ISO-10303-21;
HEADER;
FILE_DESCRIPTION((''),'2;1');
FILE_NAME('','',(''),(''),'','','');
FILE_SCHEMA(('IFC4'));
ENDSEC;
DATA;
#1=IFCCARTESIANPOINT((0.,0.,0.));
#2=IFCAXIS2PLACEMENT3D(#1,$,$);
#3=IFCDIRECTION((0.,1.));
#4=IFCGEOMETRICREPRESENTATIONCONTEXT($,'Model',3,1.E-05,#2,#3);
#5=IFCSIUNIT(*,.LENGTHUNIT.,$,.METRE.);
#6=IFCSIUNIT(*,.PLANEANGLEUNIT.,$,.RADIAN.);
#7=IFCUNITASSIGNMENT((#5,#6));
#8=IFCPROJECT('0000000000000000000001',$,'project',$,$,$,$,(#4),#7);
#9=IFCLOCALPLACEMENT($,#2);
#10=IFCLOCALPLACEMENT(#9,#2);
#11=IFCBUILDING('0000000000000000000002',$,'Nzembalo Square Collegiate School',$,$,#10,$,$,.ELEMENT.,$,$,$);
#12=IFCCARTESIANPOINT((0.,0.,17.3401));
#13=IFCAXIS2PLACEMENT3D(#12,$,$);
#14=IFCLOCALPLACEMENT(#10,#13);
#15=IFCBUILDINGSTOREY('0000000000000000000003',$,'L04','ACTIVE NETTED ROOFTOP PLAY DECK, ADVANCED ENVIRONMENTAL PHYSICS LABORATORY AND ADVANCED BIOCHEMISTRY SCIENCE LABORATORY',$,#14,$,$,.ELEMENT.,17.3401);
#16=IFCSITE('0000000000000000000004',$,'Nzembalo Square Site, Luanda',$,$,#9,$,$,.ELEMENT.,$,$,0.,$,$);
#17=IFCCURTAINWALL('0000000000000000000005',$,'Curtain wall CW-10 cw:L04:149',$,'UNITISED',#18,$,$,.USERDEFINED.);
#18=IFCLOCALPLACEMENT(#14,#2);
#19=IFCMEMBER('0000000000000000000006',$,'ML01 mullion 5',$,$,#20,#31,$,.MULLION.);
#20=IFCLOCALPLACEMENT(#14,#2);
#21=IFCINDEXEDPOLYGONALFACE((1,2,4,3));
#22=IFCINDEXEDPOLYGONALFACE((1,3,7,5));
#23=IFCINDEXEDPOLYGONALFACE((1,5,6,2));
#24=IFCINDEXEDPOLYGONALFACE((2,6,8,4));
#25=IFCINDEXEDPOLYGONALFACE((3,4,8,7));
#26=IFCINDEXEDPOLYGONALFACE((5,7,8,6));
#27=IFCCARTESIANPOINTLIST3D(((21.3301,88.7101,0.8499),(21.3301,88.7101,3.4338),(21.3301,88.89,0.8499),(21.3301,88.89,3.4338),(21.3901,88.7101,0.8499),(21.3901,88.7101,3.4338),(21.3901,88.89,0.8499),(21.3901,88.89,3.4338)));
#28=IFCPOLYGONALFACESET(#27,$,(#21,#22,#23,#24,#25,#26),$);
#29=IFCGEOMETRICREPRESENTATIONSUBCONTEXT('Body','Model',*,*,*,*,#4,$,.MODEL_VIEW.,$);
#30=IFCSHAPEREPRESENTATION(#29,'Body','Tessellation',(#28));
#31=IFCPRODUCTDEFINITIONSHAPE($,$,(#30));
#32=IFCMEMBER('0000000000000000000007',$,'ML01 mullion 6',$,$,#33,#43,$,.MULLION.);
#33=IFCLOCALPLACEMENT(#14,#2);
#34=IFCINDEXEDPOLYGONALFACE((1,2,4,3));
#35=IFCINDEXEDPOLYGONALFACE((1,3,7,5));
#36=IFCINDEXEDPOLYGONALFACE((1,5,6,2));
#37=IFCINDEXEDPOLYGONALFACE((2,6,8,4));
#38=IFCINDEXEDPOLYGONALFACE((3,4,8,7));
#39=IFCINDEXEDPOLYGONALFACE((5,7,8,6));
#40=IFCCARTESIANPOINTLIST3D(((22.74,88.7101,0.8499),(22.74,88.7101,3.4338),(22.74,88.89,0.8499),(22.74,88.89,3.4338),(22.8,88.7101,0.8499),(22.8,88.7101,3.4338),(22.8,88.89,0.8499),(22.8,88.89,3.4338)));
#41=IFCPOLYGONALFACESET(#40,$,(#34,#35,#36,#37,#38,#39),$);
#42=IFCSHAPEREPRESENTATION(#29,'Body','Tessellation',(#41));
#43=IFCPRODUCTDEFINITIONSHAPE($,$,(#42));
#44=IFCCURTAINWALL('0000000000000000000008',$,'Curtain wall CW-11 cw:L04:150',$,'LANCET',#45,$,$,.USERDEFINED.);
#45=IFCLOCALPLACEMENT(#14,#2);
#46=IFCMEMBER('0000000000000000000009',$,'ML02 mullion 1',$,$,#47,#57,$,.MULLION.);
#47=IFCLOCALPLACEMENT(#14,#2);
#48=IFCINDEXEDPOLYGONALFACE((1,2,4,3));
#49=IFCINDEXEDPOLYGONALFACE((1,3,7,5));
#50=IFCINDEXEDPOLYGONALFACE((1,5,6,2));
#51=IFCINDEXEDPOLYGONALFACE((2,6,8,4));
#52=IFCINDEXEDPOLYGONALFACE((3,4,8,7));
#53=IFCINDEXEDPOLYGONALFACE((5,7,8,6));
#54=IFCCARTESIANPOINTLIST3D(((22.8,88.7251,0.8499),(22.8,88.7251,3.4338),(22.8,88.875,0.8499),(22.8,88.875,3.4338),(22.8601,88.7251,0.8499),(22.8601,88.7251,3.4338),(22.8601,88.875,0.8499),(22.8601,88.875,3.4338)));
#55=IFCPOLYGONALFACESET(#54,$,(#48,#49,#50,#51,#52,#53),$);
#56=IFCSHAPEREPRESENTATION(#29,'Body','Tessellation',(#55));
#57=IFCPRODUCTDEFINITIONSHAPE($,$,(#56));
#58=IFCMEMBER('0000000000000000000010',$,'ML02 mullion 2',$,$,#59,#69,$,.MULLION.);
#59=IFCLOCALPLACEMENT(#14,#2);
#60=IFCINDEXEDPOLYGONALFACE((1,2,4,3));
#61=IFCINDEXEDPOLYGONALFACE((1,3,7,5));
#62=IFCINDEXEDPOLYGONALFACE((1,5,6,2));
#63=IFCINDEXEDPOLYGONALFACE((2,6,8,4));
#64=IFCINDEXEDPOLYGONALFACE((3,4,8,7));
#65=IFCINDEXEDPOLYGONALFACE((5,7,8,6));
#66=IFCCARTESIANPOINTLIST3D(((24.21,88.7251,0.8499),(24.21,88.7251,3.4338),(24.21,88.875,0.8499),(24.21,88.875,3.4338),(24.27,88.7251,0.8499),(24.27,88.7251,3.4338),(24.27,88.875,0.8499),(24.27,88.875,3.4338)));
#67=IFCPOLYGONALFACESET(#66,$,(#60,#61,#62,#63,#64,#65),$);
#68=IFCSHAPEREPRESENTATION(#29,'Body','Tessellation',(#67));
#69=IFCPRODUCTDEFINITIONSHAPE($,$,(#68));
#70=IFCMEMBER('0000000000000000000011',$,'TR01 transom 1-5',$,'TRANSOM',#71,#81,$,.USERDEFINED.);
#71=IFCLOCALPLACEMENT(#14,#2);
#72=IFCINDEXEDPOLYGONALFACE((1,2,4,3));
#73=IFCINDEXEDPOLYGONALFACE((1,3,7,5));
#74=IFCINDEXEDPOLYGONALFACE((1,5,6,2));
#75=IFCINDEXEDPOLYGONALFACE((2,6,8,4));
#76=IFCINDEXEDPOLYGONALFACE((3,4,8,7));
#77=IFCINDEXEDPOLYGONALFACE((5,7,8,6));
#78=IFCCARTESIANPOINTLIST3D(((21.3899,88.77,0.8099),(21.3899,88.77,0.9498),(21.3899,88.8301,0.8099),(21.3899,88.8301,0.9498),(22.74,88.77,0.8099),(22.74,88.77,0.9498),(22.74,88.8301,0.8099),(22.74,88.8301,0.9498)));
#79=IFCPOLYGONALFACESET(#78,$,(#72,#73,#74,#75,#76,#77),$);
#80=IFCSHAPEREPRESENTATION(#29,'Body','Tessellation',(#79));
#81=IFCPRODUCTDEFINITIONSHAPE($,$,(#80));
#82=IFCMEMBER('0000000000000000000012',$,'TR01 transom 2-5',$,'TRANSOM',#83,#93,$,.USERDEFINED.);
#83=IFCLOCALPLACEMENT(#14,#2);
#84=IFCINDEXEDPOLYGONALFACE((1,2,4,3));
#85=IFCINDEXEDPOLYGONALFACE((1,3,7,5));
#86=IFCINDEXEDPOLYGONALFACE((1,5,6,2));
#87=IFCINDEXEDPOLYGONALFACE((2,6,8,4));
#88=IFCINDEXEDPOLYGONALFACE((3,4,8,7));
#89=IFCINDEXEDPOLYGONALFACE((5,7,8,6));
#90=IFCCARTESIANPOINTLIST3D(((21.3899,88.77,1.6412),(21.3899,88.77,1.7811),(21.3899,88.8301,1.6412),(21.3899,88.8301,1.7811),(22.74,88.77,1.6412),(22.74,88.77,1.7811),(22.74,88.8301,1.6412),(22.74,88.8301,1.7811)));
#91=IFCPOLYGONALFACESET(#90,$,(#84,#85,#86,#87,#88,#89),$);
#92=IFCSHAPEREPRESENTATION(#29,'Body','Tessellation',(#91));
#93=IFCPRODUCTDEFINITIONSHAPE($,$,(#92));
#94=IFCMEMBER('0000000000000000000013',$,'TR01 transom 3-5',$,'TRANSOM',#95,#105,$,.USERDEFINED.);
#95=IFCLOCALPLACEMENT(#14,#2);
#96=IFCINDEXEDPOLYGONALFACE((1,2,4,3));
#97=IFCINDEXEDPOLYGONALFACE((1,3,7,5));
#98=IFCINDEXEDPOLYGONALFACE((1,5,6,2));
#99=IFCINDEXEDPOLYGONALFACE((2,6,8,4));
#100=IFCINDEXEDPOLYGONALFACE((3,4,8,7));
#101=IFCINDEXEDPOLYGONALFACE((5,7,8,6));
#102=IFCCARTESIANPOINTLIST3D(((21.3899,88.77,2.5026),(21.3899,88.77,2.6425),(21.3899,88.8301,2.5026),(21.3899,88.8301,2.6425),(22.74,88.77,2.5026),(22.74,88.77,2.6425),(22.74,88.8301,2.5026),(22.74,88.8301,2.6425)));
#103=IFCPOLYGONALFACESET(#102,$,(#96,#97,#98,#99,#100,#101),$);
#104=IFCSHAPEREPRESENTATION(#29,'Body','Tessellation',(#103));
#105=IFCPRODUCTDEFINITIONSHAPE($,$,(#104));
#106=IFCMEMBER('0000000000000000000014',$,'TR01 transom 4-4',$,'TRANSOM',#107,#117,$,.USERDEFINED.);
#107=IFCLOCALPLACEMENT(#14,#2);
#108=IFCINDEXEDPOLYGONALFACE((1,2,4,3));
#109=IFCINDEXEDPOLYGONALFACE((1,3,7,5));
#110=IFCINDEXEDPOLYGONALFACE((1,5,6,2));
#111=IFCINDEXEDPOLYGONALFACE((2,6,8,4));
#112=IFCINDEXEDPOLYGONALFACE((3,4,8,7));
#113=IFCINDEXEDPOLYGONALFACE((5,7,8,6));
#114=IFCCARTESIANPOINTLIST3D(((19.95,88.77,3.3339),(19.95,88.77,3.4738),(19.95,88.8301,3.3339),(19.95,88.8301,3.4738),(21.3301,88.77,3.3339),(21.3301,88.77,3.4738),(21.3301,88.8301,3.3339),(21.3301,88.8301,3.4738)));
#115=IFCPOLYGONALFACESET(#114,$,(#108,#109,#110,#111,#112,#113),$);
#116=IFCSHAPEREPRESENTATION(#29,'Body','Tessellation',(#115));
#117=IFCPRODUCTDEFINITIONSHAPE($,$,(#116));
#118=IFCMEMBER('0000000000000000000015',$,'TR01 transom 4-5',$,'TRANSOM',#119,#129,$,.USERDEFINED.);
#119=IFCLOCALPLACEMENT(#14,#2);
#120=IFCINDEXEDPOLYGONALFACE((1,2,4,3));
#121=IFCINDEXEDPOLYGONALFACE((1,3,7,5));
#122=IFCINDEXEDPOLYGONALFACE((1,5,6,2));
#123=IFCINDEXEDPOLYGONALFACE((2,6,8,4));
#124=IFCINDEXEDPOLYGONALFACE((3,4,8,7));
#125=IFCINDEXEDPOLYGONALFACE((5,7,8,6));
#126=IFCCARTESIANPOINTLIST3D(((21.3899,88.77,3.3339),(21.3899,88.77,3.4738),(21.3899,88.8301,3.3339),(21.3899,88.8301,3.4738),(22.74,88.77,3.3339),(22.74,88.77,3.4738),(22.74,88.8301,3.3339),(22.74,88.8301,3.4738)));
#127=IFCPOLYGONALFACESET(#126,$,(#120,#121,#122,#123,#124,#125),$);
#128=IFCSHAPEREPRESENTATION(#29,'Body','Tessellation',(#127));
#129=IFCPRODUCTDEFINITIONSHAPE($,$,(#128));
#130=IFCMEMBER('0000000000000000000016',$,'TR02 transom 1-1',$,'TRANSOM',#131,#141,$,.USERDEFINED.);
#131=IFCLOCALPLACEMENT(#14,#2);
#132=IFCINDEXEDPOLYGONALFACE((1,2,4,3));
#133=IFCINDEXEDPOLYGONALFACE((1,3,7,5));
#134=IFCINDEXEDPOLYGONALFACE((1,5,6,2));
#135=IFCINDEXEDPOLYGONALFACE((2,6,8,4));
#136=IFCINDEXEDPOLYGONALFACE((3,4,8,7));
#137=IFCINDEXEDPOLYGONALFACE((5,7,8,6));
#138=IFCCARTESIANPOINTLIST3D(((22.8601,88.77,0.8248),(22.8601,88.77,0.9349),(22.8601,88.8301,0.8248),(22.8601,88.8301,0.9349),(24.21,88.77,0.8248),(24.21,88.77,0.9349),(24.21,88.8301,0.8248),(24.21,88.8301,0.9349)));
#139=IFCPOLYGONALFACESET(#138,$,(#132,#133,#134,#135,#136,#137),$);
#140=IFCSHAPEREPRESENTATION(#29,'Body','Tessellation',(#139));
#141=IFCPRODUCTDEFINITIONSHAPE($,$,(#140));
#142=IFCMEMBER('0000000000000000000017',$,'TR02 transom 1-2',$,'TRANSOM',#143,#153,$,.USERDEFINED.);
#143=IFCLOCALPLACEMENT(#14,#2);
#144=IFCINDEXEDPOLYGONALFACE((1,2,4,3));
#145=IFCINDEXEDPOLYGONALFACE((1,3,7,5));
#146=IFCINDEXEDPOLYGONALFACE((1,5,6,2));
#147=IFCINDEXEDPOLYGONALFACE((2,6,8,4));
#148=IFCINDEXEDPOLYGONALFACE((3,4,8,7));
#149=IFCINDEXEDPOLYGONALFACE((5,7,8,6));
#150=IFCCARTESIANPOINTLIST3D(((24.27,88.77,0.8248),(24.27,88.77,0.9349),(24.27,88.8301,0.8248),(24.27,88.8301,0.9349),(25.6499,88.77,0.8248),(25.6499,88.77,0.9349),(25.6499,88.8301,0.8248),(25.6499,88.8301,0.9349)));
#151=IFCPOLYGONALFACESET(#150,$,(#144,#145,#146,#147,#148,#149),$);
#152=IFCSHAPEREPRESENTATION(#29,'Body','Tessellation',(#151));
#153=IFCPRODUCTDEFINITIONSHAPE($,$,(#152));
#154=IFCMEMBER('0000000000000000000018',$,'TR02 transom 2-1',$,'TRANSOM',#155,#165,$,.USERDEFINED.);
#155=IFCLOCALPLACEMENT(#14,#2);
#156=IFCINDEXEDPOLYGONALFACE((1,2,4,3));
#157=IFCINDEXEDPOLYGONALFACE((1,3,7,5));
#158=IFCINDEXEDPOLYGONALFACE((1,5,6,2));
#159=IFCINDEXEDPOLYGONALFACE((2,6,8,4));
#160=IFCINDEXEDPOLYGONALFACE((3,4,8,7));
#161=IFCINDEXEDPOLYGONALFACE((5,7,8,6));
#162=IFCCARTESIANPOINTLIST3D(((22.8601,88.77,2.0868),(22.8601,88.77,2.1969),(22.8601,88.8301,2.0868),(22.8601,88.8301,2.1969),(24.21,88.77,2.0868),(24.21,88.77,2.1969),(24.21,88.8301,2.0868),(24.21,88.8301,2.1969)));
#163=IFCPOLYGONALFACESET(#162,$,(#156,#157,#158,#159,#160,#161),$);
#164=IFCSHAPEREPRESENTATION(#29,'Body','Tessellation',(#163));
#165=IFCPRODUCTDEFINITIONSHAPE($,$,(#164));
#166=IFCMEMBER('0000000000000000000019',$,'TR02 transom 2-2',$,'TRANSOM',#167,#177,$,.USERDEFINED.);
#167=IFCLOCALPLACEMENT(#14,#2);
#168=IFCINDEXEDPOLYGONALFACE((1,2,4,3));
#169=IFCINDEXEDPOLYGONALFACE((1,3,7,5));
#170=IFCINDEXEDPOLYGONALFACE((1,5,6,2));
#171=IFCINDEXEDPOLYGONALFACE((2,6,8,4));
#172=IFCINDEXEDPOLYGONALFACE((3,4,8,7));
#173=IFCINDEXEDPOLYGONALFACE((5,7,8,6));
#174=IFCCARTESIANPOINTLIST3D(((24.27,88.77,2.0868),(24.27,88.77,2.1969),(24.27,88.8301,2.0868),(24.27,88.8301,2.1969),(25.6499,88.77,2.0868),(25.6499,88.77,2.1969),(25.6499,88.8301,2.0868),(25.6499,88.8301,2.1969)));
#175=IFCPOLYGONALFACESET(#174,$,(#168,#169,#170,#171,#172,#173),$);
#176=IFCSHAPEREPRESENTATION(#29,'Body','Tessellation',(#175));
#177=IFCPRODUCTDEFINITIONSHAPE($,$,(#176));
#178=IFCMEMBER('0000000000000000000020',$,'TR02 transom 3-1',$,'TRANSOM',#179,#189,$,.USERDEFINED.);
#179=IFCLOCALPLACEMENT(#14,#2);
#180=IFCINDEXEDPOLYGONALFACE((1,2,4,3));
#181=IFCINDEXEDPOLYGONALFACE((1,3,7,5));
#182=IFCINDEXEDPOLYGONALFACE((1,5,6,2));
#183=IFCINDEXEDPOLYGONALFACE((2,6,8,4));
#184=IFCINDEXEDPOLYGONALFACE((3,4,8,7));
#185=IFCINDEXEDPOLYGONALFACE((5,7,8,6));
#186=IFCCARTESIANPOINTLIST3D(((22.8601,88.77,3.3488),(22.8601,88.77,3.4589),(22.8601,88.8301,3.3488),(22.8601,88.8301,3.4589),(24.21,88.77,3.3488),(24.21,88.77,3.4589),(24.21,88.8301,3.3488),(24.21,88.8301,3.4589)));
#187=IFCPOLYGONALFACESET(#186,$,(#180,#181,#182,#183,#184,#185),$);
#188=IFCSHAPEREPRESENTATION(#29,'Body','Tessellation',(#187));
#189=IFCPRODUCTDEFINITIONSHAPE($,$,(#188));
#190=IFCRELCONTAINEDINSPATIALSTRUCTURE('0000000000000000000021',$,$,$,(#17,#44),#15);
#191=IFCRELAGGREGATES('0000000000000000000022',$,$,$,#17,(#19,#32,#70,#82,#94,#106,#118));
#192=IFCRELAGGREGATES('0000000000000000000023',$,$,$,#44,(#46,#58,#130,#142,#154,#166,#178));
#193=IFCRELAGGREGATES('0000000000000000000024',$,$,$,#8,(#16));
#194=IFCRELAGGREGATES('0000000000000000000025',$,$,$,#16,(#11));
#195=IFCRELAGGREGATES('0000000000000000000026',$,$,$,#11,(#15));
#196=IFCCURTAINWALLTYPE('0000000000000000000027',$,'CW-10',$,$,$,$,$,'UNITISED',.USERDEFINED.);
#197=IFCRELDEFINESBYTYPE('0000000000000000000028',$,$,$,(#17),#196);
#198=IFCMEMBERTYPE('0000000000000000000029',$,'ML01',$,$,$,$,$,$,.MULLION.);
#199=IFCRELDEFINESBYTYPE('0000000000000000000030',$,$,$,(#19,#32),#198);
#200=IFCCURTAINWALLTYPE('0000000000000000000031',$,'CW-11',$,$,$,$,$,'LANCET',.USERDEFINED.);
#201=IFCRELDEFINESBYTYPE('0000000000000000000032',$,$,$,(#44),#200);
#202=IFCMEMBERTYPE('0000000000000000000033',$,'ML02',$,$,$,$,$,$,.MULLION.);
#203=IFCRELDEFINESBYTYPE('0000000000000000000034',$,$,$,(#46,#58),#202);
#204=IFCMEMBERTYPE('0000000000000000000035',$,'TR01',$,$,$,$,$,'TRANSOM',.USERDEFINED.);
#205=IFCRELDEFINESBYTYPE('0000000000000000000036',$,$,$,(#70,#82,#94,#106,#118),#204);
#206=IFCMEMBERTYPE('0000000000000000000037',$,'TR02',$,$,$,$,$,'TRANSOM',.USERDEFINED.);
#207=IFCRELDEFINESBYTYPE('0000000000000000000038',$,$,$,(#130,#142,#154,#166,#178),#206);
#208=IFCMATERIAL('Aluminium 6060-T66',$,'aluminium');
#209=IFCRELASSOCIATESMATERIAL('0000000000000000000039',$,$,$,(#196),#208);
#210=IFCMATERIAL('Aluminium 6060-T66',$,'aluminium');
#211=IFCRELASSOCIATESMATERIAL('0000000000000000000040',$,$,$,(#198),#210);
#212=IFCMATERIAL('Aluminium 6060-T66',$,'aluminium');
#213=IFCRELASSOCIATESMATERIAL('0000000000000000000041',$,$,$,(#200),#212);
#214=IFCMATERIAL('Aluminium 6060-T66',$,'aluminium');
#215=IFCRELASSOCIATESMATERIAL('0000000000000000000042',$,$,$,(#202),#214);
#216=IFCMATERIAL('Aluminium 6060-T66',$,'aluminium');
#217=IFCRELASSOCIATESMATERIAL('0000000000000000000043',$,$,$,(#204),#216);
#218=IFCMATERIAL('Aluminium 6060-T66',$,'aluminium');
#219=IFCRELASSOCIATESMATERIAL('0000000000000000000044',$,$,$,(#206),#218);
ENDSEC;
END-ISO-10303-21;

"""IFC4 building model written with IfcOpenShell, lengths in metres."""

from ifc_helpers import new_model, si_unit, direction, frame, origin, origin_2d, place, context, subcontext, project, spatial, rectangle, extrude, material, material_profile, profile_set, type_object, element, aggregate, save


model = new_model("IFC4")

# Units and contexts
model_context = context("Model", 3, precision=1e-05, world=origin(), true_north=direction((0.0, 1.0)))
body_context = subcontext(model_context, "Body", "Model", "MODEL_VIEW")
ifc_project = project(units=[si_unit("LENGTHUNIT", "METRE"), si_unit("PLANEANGLEUNIT", "RADIAN")], contexts=[model_context])

# Site, building, storey
site_placement = place(None, origin())
site = spatial("IfcSite", under=ifc_project, at=site_placement, Name="Nzembalo Square Site, Luanda", CompositionType="ELEMENT", RefElevation=0.0)
building_placement = place(site_placement, origin())
building = spatial("IfcBuilding", under=site, at=building_placement, Name="Nzembalo Square Collegiate School", CompositionType="ELEMENT")
storey_placement = place(building_placement, frame((0.0, 0.0, 17.3401)))
storey = spatial("IfcBuildingStorey", under=building, at=storey_placement, Name="L04", Description="ACTIVE NETTED ROOFTOP PLAY DECK, ADVANCED ENVIRONMENTAL PHYSICS LABORATORY AND ADVANCED BIOCHEMISTRY SCIENCE LABORATORY", CompositionType="ELEMENT", Elevation=17.3401)

# Curtain walls, members
ifc_material_1 = material(Name="Aluminium 6060-T66", Category="aluminium")
curtain_wall_type_1 = type_object("IfcCurtainWallType", Name="CW-10", ElementType="UNITISED", PredefinedType="USERDEFINED", material=ifc_material_1)
curtain_wall_1_placement = place(storey_placement, origin())
curtain_wall_1 = element("IfcCurtainWall", 1, at=curtain_wall_1_placement, inside=storey, type_object=curtain_wall_type_1, Name="Curtain wall CW-10 cw:L04:149", ObjectType="UNITISED", PredefinedType="USERDEFINED")
ifc_material_2 = material(Name="Aluminium 6060-T66", Category="aluminium")
ifc_material_profile_1 = material_profile(ifc_material_2, rectangle(XDim=0.0601, YDim=0.1799, at=origin_2d()), Name="ALU M60x180")
ifc_profile_set_1 = profile_set([ifc_material_profile_1], Name="Aluminium 6060-T66")
member_type_1 = type_object("IfcMemberType", Name="ML01", PredefinedType="MULLION", material=ifc_profile_set_1)
member_1_placement = place(storey_placement, frame((21.3601, 88.8, 0.8499), z_axis=(0.0, 0.0, 1.0), x_axis=(1.0, 0.0, 0.0)))
member_1 = element("IfcMember", 2, at=member_1_placement, type_object=member_type_1, Name="ML01 mullion 5", PredefinedType="MULLION", context=body_context, shape_type="SweptSolid", body=[
    extrude(rectangle(XDim=0.0601, YDim=0.1799, at=origin_2d()), origin(), (0.0, 0.0, 1.0), 2.584),
])
member_2_placement = place(storey_placement, frame((22.77, 88.8, 0.8499), z_axis=(0.0, 0.0, 1.0), x_axis=(1.0, 0.0, 0.0)))
member_2 = element("IfcMember", 3, at=member_2_placement, type_object=member_type_1, Name="ML01 mullion 6", PredefinedType="MULLION", context=body_context, shape_type="SweptSolid", body=[
    extrude(rectangle(XDim=0.0601, YDim=0.1799, at=origin_2d()), origin(), (0.0, 0.0, 1.0), 2.584),
])
ifc_material_3 = material(Name="Aluminium 6060-T66", Category="aluminium")
curtain_wall_type_2 = type_object("IfcCurtainWallType", Name="CW-11", ElementType="LANCET", PredefinedType="USERDEFINED", material=ifc_material_3)
curtain_wall_2_placement = place(storey_placement, origin())
curtain_wall_2 = element("IfcCurtainWall", 4, at=curtain_wall_2_placement, inside=storey, type_object=curtain_wall_type_2, Name="Curtain wall CW-11 cw:L04:150", ObjectType="LANCET", PredefinedType="USERDEFINED")
ifc_material_4 = material(Name="Aluminium 6060-T66", Category="aluminium")
ifc_material_profile_2 = material_profile(ifc_material_4, rectangle(XDim=0.0601, YDim=0.1499, at=origin_2d()), Name="ALU M60x150")
ifc_profile_set_2 = profile_set([ifc_material_profile_2], Name="Aluminium 6060-T66")
member_type_2 = type_object("IfcMemberType", Name="ML02", PredefinedType="MULLION", material=ifc_profile_set_2)
member_3_placement = place(storey_placement, frame((22.8301, 88.8, 0.8499), z_axis=(0.0, 0.0, 1.0), x_axis=(1.0, 0.0, 0.0)))
member_3 = element("IfcMember", 5, at=member_3_placement, type_object=member_type_2, Name="ML02 mullion 1", PredefinedType="MULLION", context=body_context, shape_type="SweptSolid", body=[
    extrude(rectangle(XDim=0.0601, YDim=0.1499, at=origin_2d()), origin(), (0.0, 0.0, 1.0), 2.584),
])
member_4_placement = place(storey_placement, frame((24.24, 88.8, 0.8499), z_axis=(0.0, 0.0, 1.0), x_axis=(1.0, 0.0, 0.0)))
member_4 = element("IfcMember", 6, at=member_4_placement, type_object=member_type_2, Name="ML02 mullion 2", PredefinedType="MULLION", context=body_context, shape_type="SweptSolid", body=[
    extrude(rectangle(XDim=0.0601, YDim=0.1499, at=origin_2d()), origin(), (0.0, 0.0, 1.0), 2.584),
])

# Members
ifc_material_5 = material(Name="Aluminium 6060-T66", Category="aluminium")
ifc_material_profile_3 = material_profile(ifc_material_5, rectangle(XDim=0.0601, YDim=0.1399, at=origin_2d()), Name="ALU T60x140")
ifc_profile_set_3 = profile_set([ifc_material_profile_3], Name="Aluminium 6060-T66")
member_type_3 = type_object("IfcMemberType", Name="TR01", ElementType="TRANSOM", PredefinedType="USERDEFINED", material=ifc_profile_set_3)
member_5_placement = place(storey_placement, frame((21.3899, 88.8, 0.8799), z_axis=(1.0, 0.0, 0.0), x_axis=(0.0, 1.0, 0.0)))
member_5 = element("IfcMember", 7, at=member_5_placement, type_object=member_type_3, Name="TR01 transom 1-5", ObjectType="TRANSOM", PredefinedType="USERDEFINED", context=body_context, shape_type="SweptSolid", body=[
    extrude(rectangle(XDim=0.0601, YDim=0.1399, at=origin_2d()), origin(), (0.0, 0.0, 1.0), 1.3501),
])
member_6_placement = place(storey_placement, frame((21.3899, 88.8, 1.7112), z_axis=(1.0, 0.0, 0.0), x_axis=(0.0, 1.0, 0.0)))
member_6 = element("IfcMember", 8, at=member_6_placement, type_object=member_type_3, Name="TR01 transom 2-5", ObjectType="TRANSOM", PredefinedType="USERDEFINED", context=body_context, shape_type="SweptSolid", body=[
    extrude(rectangle(XDim=0.0601, YDim=0.1399, at=origin_2d()), origin(), (0.0, 0.0, 1.0), 1.3501),
])
member_7_placement = place(storey_placement, frame((21.3899, 88.8, 2.5725), z_axis=(1.0, 0.0, 0.0), x_axis=(0.0, 1.0, 0.0)))
member_7 = element("IfcMember", 9, at=member_7_placement, type_object=member_type_3, Name="TR01 transom 3-5", ObjectType="TRANSOM", PredefinedType="USERDEFINED", context=body_context, shape_type="SweptSolid", body=[
    extrude(rectangle(XDim=0.0601, YDim=0.1399, at=origin_2d()), origin(), (0.0, 0.0, 1.0), 1.3501),
])
member_8_placement = place(storey_placement, frame((19.95, 88.8, 3.4038), z_axis=(1.0, 0.0, 0.0), x_axis=(0.0, 1.0, 0.0)))
member_8 = element("IfcMember", 10, at=member_8_placement, type_object=member_type_3, Name="TR01 transom 4-4", ObjectType="TRANSOM", PredefinedType="USERDEFINED", context=body_context, shape_type="SweptSolid", body=[
    extrude(rectangle(XDim=0.0601, YDim=0.1399, at=origin_2d()), origin(), (0.0, 0.0, 1.0), 1.3801),
])
member_9_placement = place(storey_placement, frame((21.3899, 88.8, 3.4038), z_axis=(1.0, 0.0, 0.0), x_axis=(0.0, 1.0, 0.0)))
member_9 = element("IfcMember", 11, at=member_9_placement, type_object=member_type_3, Name="TR01 transom 4-5", ObjectType="TRANSOM", PredefinedType="USERDEFINED", context=body_context, shape_type="SweptSolid", body=[
    extrude(rectangle(XDim=0.0601, YDim=0.1399, at=origin_2d()), origin(), (0.0, 0.0, 1.0), 1.3501),
])
ifc_material_6 = material(Name="Aluminium 6060-T66", Category="aluminium")
ifc_material_profile_4 = material_profile(ifc_material_6, rectangle(XDim=0.0601, YDim=0.1101, at=origin_2d()), Name="ALU T60x110")
ifc_profile_set_4 = profile_set([ifc_material_profile_4], Name="Aluminium 6060-T66")
member_type_4 = type_object("IfcMemberType", Name="TR02", ElementType="TRANSOM", PredefinedType="USERDEFINED", material=ifc_profile_set_4)
member_10_placement = place(storey_placement, frame((22.8601, 88.8, 0.8799), z_axis=(1.0, 0.0, 0.0), x_axis=(0.0, 1.0, 0.0)))
member_10 = element("IfcMember", 12, at=member_10_placement, type_object=member_type_4, Name="TR02 transom 1-1", ObjectType="TRANSOM", PredefinedType="USERDEFINED", context=body_context, shape_type="SweptSolid", body=[
    extrude(rectangle(XDim=0.0601, YDim=0.1101, at=origin_2d()), origin(), (0.0, 0.0, 1.0), 1.3499),
])
member_11_placement = place(storey_placement, frame((24.27, 88.8, 0.8799), z_axis=(1.0, 0.0, 0.0), x_axis=(0.0, 1.0, 0.0)))
member_11 = element("IfcMember", 13, at=member_11_placement, type_object=member_type_4, Name="TR02 transom 1-2", ObjectType="TRANSOM", PredefinedType="USERDEFINED", context=body_context, shape_type="SweptSolid", body=[
    extrude(rectangle(XDim=0.0601, YDim=0.1101, at=origin_2d()), origin(), (0.0, 0.0, 1.0), 1.3799),
])
member_12_placement = place(storey_placement, frame((22.8601, 88.8, 2.1418), z_axis=(1.0, 0.0, 0.0), x_axis=(0.0, 1.0, 0.0)))
member_12 = element("IfcMember", 14, at=member_12_placement, type_object=member_type_4, Name="TR02 transom 2-1", ObjectType="TRANSOM", PredefinedType="USERDEFINED", context=body_context, shape_type="SweptSolid", body=[
    extrude(rectangle(XDim=0.0601, YDim=0.1101, at=origin_2d()), origin(), (0.0, 0.0, 1.0), 1.3499),
])
member_13_placement = place(storey_placement, frame((24.27, 88.8, 2.1418), z_axis=(1.0, 0.0, 0.0), x_axis=(0.0, 1.0, 0.0)))
member_13 = element("IfcMember", 15, at=member_13_placement, type_object=member_type_4, Name="TR02 transom 2-2", ObjectType="TRANSOM", PredefinedType="USERDEFINED", context=body_context, shape_type="SweptSolid", body=[
    extrude(rectangle(XDim=0.0601, YDim=0.1101, at=origin_2d()), origin(), (0.0, 0.0, 1.0), 1.3799),
])
member_14_placement = place(storey_placement, frame((22.8601, 88.8, 3.4038), z_axis=(1.0, 0.0, 0.0), x_axis=(0.0, 1.0, 0.0)))
member_14 = element("IfcMember", 16, at=member_14_placement, type_object=member_type_4, Name="TR02 transom 3-1", ObjectType="TRANSOM", PredefinedType="USERDEFINED", context=body_context, shape_type="SweptSolid", body=[
    extrude(rectangle(XDim=0.0601, YDim=0.1101, at=origin_2d()), origin(), (0.0, 0.0, 1.0), 1.3499),
])

aggregate(curtain_wall_1, [member_1, member_2, member_5, member_6, member_7, member_8, member_9])
aggregate(curtain_wall_2, [member_3, member_4, member_10, member_11, member_12, member_13, member_14])

save(model, "model.ifc")
